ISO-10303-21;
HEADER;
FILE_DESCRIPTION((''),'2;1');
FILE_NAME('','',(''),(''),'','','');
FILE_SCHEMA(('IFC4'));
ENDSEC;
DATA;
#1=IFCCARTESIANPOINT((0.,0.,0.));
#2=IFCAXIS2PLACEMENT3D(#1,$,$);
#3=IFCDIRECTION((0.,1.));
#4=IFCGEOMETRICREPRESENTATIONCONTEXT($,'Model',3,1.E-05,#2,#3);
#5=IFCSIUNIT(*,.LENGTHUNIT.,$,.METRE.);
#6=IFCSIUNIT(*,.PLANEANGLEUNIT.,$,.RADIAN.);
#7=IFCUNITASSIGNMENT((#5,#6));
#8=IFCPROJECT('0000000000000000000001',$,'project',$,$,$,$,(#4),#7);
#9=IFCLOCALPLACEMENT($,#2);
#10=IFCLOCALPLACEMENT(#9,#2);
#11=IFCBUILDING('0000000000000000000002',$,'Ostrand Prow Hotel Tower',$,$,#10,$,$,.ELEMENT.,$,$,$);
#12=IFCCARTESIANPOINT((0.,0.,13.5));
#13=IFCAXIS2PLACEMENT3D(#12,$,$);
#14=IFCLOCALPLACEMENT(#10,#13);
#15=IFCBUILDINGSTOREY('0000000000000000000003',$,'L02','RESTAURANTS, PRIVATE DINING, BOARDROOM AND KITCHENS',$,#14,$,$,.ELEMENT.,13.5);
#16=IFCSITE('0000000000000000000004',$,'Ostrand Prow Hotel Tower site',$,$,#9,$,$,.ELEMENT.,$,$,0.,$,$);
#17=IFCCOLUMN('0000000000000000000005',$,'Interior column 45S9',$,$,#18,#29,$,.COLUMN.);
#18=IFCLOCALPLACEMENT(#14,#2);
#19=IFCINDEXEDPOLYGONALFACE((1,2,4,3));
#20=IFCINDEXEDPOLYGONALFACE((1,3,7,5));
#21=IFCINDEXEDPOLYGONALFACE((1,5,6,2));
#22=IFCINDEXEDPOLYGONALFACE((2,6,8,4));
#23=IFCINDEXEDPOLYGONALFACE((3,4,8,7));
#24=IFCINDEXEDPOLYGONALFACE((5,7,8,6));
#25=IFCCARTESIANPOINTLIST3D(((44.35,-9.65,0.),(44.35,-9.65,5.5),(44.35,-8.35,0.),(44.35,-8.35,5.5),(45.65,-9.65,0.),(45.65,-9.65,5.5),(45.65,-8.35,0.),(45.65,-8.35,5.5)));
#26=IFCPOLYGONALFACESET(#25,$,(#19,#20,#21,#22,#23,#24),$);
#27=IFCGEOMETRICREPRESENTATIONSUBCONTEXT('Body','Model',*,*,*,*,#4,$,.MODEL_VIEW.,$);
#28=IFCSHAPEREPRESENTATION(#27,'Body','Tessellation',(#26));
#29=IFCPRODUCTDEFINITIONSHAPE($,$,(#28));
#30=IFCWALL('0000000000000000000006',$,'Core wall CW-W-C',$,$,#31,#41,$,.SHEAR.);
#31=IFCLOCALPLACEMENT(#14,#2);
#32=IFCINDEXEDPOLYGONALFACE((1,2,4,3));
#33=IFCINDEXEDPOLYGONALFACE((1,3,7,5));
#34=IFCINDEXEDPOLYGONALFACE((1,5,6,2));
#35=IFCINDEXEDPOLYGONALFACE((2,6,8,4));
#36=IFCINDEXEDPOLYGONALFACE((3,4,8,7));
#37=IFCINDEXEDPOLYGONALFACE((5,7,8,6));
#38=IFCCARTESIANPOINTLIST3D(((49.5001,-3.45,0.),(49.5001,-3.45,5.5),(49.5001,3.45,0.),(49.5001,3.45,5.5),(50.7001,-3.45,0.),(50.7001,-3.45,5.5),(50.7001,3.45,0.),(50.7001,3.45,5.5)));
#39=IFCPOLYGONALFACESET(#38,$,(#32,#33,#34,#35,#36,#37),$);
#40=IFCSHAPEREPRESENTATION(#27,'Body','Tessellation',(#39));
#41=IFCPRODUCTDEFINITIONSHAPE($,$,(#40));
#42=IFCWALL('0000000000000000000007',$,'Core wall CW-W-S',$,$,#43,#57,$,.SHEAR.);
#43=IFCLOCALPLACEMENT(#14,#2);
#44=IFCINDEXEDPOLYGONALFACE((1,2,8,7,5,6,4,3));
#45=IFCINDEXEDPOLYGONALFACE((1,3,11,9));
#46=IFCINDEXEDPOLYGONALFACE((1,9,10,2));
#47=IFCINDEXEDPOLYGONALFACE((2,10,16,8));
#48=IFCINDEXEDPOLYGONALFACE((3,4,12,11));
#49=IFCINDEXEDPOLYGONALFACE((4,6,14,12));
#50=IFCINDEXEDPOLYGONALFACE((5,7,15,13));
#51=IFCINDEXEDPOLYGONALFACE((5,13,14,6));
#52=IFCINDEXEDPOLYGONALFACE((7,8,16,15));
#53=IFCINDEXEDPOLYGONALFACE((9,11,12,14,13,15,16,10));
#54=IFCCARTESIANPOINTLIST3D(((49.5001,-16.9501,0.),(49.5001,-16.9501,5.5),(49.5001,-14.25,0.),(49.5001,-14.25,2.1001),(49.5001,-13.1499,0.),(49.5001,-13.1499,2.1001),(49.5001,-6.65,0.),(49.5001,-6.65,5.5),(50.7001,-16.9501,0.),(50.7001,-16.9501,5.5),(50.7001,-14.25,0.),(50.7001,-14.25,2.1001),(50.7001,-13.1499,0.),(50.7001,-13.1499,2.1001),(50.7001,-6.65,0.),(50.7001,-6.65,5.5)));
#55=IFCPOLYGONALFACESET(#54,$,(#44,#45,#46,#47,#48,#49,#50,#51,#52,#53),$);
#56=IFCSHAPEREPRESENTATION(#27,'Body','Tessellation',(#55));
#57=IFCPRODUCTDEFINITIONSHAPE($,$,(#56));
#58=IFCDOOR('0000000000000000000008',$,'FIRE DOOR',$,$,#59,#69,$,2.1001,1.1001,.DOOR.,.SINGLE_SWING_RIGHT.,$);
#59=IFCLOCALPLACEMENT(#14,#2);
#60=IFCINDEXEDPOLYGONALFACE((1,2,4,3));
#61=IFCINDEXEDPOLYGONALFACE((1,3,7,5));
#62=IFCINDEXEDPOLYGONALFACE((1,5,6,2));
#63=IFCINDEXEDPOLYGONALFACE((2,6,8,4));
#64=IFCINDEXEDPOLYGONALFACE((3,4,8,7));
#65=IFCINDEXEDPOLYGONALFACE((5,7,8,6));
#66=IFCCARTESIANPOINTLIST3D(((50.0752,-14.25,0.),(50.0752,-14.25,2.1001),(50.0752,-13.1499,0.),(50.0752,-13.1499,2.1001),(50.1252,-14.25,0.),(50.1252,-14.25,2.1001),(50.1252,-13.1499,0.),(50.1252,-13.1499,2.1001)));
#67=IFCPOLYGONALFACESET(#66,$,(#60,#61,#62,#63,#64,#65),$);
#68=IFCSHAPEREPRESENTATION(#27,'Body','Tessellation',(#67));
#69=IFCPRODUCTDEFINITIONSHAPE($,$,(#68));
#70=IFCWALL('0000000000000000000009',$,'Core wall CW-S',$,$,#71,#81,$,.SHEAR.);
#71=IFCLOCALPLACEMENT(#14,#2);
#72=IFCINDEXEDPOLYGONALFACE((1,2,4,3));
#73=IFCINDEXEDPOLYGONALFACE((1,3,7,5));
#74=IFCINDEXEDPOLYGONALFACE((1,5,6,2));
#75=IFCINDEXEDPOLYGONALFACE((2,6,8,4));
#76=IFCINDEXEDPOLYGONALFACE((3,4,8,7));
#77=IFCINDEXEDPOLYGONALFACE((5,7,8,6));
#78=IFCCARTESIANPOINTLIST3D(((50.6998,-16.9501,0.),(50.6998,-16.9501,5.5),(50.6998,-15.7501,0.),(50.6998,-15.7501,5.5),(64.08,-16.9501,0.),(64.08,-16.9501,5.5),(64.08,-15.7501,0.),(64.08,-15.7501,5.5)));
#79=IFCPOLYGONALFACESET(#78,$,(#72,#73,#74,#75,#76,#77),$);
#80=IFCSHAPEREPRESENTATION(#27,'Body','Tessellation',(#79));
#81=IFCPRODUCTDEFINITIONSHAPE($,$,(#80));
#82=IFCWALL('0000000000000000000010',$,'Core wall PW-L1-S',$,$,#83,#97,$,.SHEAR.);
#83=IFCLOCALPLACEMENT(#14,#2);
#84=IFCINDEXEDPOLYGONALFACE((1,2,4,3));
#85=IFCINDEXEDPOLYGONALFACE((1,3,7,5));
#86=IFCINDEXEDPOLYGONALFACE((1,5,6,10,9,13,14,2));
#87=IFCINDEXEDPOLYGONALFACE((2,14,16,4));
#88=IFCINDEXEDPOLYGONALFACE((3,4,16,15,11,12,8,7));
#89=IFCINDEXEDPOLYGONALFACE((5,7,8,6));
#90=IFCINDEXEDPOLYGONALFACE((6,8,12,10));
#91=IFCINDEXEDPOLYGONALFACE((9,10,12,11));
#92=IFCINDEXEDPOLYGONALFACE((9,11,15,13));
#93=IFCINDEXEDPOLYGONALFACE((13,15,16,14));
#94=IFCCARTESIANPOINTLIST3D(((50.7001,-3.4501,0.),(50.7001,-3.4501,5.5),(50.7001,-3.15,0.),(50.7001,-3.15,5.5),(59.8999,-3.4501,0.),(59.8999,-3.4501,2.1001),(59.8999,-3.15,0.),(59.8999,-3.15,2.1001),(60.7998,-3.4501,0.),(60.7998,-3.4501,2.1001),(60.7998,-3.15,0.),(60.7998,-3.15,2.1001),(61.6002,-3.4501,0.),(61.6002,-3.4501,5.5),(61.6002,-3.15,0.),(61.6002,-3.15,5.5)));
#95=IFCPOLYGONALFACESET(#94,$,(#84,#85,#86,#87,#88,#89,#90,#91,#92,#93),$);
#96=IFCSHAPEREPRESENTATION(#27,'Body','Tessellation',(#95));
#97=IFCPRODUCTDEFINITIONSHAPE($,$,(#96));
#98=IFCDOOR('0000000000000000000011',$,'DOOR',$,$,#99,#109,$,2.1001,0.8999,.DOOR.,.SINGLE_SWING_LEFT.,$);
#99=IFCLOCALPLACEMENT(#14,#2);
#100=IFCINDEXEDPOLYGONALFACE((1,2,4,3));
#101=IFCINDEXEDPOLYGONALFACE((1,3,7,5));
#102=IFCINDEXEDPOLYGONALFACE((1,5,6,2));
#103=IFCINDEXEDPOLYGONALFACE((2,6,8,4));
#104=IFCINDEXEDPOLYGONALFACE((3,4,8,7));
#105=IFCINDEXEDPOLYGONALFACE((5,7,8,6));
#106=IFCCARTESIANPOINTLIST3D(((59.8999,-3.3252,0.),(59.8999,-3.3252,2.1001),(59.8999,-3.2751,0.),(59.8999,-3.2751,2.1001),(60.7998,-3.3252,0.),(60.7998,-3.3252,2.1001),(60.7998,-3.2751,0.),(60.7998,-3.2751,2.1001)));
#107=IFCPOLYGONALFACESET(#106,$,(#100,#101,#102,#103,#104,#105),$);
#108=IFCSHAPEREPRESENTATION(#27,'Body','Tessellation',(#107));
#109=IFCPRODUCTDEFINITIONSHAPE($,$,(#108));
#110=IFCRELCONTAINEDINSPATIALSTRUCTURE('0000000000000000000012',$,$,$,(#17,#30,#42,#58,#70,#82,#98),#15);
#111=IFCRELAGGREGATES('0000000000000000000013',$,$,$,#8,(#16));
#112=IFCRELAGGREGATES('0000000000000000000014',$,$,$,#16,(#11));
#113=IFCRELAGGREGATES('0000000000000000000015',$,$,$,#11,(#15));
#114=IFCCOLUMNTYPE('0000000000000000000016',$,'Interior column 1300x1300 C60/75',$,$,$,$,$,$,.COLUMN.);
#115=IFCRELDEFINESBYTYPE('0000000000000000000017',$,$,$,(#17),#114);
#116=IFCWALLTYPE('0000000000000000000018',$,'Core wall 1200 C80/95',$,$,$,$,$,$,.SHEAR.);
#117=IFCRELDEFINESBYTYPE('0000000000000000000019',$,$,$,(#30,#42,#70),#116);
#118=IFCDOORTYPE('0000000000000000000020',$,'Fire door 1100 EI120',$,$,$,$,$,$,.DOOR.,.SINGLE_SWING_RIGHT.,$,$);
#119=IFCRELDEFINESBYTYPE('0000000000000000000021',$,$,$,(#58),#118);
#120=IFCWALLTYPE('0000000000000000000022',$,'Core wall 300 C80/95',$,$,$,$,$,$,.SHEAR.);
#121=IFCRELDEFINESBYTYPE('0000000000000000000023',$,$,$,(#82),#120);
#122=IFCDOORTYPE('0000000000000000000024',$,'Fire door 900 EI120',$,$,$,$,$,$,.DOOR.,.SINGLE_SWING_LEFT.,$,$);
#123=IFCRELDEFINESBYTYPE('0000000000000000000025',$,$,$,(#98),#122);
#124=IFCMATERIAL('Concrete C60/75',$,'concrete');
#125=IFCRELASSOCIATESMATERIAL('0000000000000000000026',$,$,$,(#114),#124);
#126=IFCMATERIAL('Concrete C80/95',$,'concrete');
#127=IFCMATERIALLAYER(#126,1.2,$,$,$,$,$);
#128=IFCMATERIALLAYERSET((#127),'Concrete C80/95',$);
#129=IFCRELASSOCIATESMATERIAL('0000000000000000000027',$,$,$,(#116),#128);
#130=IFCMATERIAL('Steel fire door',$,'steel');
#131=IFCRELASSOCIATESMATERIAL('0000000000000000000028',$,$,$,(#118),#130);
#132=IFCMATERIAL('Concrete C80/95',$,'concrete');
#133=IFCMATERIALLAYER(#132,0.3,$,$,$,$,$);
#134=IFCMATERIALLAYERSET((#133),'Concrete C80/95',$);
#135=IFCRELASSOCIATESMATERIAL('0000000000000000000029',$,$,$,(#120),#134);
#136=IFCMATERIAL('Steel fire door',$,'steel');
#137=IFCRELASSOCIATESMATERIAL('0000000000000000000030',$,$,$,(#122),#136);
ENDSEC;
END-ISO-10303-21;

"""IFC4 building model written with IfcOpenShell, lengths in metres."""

from ifc_helpers import new_model, si_unit, direction, frame, frame_2d, origin, origin_2d, place, context, subcontext, project, spatial, rectangle, extrude, material, layer, layer_set, material_profile, profile_set, type_object, element, fill, save


model = new_model("IFC4")

# Units and contexts
model_context = context("Model", 3, precision=1e-05, world=origin(), true_north=direction((0.0, 1.0)))
body_context = subcontext(model_context, "Body", "Model", "MODEL_VIEW")
ifc_project = project(units=[si_unit("LENGTHUNIT", "METRE"), si_unit("PLANEANGLEUNIT", "RADIAN")], contexts=[model_context])

# Site, building, storey
site_placement = place(None, origin())
site = spatial("IfcSite", under=ifc_project, at=site_placement, Name="Ostrand Prow Hotel Tower site", CompositionType="ELEMENT", RefElevation=0.0)
building_placement = place(site_placement, origin())
building = spatial("IfcBuilding", under=site, at=building_placement, Name="Ostrand Prow Hotel Tower", CompositionType="ELEMENT")
storey_placement = place(building_placement, frame((0.0, 0.0, 13.5)))
storey = spatial("IfcBuildingStorey", under=building, at=storey_placement, Name="L02", Description="RESTAURANTS, PRIVATE DINING, BOARDROOM AND KITCHENS", CompositionType="ELEMENT", Elevation=13.5)

# Column
ifc_material_1 = material(Name="Concrete C60/75", Category="concrete")
ifc_material_profile = material_profile(ifc_material_1, rectangle(XDim=1.3, YDim=1.3, at=origin_2d()), Name="RC 1300x1300")
ifc_profile_set = profile_set([ifc_material_profile], Name="Concrete C60/75")
column_type = type_object("IfcColumnType", Name="Interior column 1300x1300 C60/75", PredefinedType="COLUMN", material=ifc_profile_set)
column_placement = place(storey_placement, frame((45.0, -9.0, 0.0), z_axis=(0.0, 0.0, 1.0), x_axis=(1.0, 0.0, 0.0)))
element("IfcColumn", 1, at=column_placement, inside=storey, type_object=column_type, Name="Interior column 45S9", PredefinedType="COLUMN", context=body_context, shape_type="SweptSolid", body=[
    extrude(rectangle(XDim=1.3, YDim=1.3, at=origin_2d()), origin(), (0.0, 0.0, 1.0), 5.5),
])

# Wall
ifc_material_2 = material(Name="Concrete C80/95", Category="concrete")
ifc_layer_1 = layer(ifc_material_2, 1.2)
ifc_layer_set_1 = layer_set([ifc_layer_1], Name="Concrete C80/95")
wall_type_1 = type_object("IfcWallType", Name="Core wall 1200 C80/95", PredefinedType="SHEAR", material=ifc_layer_set_1)
wall_1_placement = place(storey_placement, frame((50.1001, -3.45, 0.0), z_axis=(0.0, 0.0, 1.0), x_axis=(0.0, 1.0, 0.0)))
element("IfcWall", 2, at=wall_1_placement, inside=storey, type_object=wall_type_1, Name="Core wall CW-W-C", PredefinedType="SHEAR", context=body_context, shape_type="SweptSolid", body=[
    extrude(rectangle(XDim=6.8999, YDim=1.2, at=frame_2d((3.45, 0.0))), origin(), (0.0, 0.0, 1.0), 5.5),
])

# Wall, opening, door
wall_2_placement = place(storey_placement, frame((50.1001, -16.95, 0.0), z_axis=(0.0, 0.0, 1.0), x_axis=(0.0, 1.0, 0.0)))
wall_2 = element("IfcWall", 3, at=wall_2_placement, inside=storey, type_object=wall_type_1, Name="Core wall CW-W-S", PredefinedType="SHEAR", context=body_context, shape_type="SweptSolid", body=[
    extrude(rectangle(XDim=10.3, YDim=1.2, at=frame_2d((5.1499, 0.0))), origin(), (0.0, 0.0, 1.0), 5.5),
])
opening_1_placement = place(wall_2_placement, frame((2.7, 0.0, 0.0)))
opening_1 = element("IfcOpeningElement", 4, at=opening_1_placement, cuts=wall_2, PredefinedType="OPENING", context=body_context, shape_type="SweptSolid", body=[
    extrude(rectangle(XDim=1.1001, YDim=2.1001, at=frame_2d((0.55, 1.05))), frame((0.0, 0.6099, 0.0), z_axis=(0.0, -1.0, 0.0), x_axis=(1.0, 0.0, 0.0)), (0.0, 0.0, 1.0), 1.22),
])
ifc_material_3 = material(Name="Steel fire door", Category="steel")
door_type_1 = type_object("IfcDoorType", Name="Fire door 1100 EI120", OperationType="SINGLE_SWING_RIGHT", PredefinedType="DOOR", material=ifc_material_3)
door_1_placement = place(opening_1_placement, origin())
door_1 = element("IfcDoor", 5, at=door_1_placement, inside=storey, type_object=door_type_1, Name="FIRE DOOR", OperationType="SINGLE_SWING_RIGHT", OverallHeight=2.1001, OverallWidth=1.1001, PredefinedType="DOOR", context=body_context, shape_type="SweptSolid", body=[
    extrude(rectangle(XDim=1.1001, YDim=2.1001, at=frame_2d((0.55, 1.05))), frame((0.0, 0.0249, 0.0), z_axis=(0.0, -1.0, 0.0), x_axis=(1.0, 0.0, 0.0)), (0.0, 0.0, 1.0), 0.05),
])
fill(opening_1, door_1)

# Wall
wall_3_placement = place(storey_placement, frame((50.7, -16.3501, 0.0), z_axis=(0.0, 0.0, 1.0), x_axis=(1.0, 0.0, 0.0)))
element("IfcWall", 6, at=wall_3_placement, inside=storey, type_object=wall_type_1, Name="Core wall CW-S", PredefinedType="SHEAR", context=body_context, shape_type="SweptSolid", body=[
    extrude(rectangle(XDim=13.3801, YDim=1.2, at=frame_2d((6.6899, 0.0))), origin(), (0.0, 0.0, 1.0), 5.5),
])

# Wall, opening, door
ifc_material_4 = material(Name="Concrete C80/95", Category="concrete")
ifc_layer_2 = layer(ifc_material_4, 0.3)
ifc_layer_set_2 = layer_set([ifc_layer_2], Name="Concrete C80/95")
wall_type_2 = type_object("IfcWallType", Name="Core wall 300 C80/95", PredefinedType="SHEAR", material=ifc_layer_set_2)
wall_4_placement = place(storey_placement, frame((50.7, -3.3, 0.0), z_axis=(0.0, 0.0, 1.0), x_axis=(1.0, 0.0, 0.0)))
wall_4 = element("IfcWall", 7, at=wall_4_placement, inside=storey, type_object=wall_type_2, Name="Core wall PW-L1-S", PredefinedType="SHEAR", context=body_context, shape_type="SweptSolid", body=[
    extrude(rectangle(XDim=10.9001, YDim=0.3, at=frame_2d((5.4502, 0.0))), origin(), (0.0, 0.0, 1.0), 5.5),
])
opening_2_placement = place(wall_4_placement, frame((9.2, 0.0, 0.0)))
opening_2 = element("IfcOpeningElement", 8, at=opening_2_placement, cuts=wall_4, PredefinedType="OPENING", context=body_context, shape_type="SweptSolid", body=[
    extrude(rectangle(XDim=0.8999, YDim=2.1001, at=frame_2d((0.45, 1.05))), frame((0.0, 0.1599, 0.0), z_axis=(0.0, -1.0, 0.0), x_axis=(1.0, 0.0, 0.0)), (0.0, 0.0, 1.0), 0.3201),
])
ifc_material_5 = material(Name="Steel fire door", Category="steel")
door_type_2 = type_object("IfcDoorType", Name="Fire door 900 EI120", OperationType="SINGLE_SWING_LEFT", PredefinedType="DOOR", material=ifc_material_5)
door_2_placement = place(opening_2_placement, origin())
door_2 = element("IfcDoor", 9, at=door_2_placement, inside=storey, type_object=door_type_2, Name="DOOR", OperationType="SINGLE_SWING_LEFT", OverallHeight=2.1001, OverallWidth=0.8999, PredefinedType="DOOR", context=body_context, shape_type="SweptSolid", body=[
    extrude(rectangle(XDim=0.8999, YDim=2.1001, at=frame_2d((0.45, 1.05))), frame((0.0, 0.0249, 0.0), z_axis=(0.0, -1.0, 0.0), x_axis=(1.0, 0.0, 0.0)), (0.0, 0.0, 1.0), 0.05),
])
fill(opening_2, door_2)

save(model, "model.ifc")
